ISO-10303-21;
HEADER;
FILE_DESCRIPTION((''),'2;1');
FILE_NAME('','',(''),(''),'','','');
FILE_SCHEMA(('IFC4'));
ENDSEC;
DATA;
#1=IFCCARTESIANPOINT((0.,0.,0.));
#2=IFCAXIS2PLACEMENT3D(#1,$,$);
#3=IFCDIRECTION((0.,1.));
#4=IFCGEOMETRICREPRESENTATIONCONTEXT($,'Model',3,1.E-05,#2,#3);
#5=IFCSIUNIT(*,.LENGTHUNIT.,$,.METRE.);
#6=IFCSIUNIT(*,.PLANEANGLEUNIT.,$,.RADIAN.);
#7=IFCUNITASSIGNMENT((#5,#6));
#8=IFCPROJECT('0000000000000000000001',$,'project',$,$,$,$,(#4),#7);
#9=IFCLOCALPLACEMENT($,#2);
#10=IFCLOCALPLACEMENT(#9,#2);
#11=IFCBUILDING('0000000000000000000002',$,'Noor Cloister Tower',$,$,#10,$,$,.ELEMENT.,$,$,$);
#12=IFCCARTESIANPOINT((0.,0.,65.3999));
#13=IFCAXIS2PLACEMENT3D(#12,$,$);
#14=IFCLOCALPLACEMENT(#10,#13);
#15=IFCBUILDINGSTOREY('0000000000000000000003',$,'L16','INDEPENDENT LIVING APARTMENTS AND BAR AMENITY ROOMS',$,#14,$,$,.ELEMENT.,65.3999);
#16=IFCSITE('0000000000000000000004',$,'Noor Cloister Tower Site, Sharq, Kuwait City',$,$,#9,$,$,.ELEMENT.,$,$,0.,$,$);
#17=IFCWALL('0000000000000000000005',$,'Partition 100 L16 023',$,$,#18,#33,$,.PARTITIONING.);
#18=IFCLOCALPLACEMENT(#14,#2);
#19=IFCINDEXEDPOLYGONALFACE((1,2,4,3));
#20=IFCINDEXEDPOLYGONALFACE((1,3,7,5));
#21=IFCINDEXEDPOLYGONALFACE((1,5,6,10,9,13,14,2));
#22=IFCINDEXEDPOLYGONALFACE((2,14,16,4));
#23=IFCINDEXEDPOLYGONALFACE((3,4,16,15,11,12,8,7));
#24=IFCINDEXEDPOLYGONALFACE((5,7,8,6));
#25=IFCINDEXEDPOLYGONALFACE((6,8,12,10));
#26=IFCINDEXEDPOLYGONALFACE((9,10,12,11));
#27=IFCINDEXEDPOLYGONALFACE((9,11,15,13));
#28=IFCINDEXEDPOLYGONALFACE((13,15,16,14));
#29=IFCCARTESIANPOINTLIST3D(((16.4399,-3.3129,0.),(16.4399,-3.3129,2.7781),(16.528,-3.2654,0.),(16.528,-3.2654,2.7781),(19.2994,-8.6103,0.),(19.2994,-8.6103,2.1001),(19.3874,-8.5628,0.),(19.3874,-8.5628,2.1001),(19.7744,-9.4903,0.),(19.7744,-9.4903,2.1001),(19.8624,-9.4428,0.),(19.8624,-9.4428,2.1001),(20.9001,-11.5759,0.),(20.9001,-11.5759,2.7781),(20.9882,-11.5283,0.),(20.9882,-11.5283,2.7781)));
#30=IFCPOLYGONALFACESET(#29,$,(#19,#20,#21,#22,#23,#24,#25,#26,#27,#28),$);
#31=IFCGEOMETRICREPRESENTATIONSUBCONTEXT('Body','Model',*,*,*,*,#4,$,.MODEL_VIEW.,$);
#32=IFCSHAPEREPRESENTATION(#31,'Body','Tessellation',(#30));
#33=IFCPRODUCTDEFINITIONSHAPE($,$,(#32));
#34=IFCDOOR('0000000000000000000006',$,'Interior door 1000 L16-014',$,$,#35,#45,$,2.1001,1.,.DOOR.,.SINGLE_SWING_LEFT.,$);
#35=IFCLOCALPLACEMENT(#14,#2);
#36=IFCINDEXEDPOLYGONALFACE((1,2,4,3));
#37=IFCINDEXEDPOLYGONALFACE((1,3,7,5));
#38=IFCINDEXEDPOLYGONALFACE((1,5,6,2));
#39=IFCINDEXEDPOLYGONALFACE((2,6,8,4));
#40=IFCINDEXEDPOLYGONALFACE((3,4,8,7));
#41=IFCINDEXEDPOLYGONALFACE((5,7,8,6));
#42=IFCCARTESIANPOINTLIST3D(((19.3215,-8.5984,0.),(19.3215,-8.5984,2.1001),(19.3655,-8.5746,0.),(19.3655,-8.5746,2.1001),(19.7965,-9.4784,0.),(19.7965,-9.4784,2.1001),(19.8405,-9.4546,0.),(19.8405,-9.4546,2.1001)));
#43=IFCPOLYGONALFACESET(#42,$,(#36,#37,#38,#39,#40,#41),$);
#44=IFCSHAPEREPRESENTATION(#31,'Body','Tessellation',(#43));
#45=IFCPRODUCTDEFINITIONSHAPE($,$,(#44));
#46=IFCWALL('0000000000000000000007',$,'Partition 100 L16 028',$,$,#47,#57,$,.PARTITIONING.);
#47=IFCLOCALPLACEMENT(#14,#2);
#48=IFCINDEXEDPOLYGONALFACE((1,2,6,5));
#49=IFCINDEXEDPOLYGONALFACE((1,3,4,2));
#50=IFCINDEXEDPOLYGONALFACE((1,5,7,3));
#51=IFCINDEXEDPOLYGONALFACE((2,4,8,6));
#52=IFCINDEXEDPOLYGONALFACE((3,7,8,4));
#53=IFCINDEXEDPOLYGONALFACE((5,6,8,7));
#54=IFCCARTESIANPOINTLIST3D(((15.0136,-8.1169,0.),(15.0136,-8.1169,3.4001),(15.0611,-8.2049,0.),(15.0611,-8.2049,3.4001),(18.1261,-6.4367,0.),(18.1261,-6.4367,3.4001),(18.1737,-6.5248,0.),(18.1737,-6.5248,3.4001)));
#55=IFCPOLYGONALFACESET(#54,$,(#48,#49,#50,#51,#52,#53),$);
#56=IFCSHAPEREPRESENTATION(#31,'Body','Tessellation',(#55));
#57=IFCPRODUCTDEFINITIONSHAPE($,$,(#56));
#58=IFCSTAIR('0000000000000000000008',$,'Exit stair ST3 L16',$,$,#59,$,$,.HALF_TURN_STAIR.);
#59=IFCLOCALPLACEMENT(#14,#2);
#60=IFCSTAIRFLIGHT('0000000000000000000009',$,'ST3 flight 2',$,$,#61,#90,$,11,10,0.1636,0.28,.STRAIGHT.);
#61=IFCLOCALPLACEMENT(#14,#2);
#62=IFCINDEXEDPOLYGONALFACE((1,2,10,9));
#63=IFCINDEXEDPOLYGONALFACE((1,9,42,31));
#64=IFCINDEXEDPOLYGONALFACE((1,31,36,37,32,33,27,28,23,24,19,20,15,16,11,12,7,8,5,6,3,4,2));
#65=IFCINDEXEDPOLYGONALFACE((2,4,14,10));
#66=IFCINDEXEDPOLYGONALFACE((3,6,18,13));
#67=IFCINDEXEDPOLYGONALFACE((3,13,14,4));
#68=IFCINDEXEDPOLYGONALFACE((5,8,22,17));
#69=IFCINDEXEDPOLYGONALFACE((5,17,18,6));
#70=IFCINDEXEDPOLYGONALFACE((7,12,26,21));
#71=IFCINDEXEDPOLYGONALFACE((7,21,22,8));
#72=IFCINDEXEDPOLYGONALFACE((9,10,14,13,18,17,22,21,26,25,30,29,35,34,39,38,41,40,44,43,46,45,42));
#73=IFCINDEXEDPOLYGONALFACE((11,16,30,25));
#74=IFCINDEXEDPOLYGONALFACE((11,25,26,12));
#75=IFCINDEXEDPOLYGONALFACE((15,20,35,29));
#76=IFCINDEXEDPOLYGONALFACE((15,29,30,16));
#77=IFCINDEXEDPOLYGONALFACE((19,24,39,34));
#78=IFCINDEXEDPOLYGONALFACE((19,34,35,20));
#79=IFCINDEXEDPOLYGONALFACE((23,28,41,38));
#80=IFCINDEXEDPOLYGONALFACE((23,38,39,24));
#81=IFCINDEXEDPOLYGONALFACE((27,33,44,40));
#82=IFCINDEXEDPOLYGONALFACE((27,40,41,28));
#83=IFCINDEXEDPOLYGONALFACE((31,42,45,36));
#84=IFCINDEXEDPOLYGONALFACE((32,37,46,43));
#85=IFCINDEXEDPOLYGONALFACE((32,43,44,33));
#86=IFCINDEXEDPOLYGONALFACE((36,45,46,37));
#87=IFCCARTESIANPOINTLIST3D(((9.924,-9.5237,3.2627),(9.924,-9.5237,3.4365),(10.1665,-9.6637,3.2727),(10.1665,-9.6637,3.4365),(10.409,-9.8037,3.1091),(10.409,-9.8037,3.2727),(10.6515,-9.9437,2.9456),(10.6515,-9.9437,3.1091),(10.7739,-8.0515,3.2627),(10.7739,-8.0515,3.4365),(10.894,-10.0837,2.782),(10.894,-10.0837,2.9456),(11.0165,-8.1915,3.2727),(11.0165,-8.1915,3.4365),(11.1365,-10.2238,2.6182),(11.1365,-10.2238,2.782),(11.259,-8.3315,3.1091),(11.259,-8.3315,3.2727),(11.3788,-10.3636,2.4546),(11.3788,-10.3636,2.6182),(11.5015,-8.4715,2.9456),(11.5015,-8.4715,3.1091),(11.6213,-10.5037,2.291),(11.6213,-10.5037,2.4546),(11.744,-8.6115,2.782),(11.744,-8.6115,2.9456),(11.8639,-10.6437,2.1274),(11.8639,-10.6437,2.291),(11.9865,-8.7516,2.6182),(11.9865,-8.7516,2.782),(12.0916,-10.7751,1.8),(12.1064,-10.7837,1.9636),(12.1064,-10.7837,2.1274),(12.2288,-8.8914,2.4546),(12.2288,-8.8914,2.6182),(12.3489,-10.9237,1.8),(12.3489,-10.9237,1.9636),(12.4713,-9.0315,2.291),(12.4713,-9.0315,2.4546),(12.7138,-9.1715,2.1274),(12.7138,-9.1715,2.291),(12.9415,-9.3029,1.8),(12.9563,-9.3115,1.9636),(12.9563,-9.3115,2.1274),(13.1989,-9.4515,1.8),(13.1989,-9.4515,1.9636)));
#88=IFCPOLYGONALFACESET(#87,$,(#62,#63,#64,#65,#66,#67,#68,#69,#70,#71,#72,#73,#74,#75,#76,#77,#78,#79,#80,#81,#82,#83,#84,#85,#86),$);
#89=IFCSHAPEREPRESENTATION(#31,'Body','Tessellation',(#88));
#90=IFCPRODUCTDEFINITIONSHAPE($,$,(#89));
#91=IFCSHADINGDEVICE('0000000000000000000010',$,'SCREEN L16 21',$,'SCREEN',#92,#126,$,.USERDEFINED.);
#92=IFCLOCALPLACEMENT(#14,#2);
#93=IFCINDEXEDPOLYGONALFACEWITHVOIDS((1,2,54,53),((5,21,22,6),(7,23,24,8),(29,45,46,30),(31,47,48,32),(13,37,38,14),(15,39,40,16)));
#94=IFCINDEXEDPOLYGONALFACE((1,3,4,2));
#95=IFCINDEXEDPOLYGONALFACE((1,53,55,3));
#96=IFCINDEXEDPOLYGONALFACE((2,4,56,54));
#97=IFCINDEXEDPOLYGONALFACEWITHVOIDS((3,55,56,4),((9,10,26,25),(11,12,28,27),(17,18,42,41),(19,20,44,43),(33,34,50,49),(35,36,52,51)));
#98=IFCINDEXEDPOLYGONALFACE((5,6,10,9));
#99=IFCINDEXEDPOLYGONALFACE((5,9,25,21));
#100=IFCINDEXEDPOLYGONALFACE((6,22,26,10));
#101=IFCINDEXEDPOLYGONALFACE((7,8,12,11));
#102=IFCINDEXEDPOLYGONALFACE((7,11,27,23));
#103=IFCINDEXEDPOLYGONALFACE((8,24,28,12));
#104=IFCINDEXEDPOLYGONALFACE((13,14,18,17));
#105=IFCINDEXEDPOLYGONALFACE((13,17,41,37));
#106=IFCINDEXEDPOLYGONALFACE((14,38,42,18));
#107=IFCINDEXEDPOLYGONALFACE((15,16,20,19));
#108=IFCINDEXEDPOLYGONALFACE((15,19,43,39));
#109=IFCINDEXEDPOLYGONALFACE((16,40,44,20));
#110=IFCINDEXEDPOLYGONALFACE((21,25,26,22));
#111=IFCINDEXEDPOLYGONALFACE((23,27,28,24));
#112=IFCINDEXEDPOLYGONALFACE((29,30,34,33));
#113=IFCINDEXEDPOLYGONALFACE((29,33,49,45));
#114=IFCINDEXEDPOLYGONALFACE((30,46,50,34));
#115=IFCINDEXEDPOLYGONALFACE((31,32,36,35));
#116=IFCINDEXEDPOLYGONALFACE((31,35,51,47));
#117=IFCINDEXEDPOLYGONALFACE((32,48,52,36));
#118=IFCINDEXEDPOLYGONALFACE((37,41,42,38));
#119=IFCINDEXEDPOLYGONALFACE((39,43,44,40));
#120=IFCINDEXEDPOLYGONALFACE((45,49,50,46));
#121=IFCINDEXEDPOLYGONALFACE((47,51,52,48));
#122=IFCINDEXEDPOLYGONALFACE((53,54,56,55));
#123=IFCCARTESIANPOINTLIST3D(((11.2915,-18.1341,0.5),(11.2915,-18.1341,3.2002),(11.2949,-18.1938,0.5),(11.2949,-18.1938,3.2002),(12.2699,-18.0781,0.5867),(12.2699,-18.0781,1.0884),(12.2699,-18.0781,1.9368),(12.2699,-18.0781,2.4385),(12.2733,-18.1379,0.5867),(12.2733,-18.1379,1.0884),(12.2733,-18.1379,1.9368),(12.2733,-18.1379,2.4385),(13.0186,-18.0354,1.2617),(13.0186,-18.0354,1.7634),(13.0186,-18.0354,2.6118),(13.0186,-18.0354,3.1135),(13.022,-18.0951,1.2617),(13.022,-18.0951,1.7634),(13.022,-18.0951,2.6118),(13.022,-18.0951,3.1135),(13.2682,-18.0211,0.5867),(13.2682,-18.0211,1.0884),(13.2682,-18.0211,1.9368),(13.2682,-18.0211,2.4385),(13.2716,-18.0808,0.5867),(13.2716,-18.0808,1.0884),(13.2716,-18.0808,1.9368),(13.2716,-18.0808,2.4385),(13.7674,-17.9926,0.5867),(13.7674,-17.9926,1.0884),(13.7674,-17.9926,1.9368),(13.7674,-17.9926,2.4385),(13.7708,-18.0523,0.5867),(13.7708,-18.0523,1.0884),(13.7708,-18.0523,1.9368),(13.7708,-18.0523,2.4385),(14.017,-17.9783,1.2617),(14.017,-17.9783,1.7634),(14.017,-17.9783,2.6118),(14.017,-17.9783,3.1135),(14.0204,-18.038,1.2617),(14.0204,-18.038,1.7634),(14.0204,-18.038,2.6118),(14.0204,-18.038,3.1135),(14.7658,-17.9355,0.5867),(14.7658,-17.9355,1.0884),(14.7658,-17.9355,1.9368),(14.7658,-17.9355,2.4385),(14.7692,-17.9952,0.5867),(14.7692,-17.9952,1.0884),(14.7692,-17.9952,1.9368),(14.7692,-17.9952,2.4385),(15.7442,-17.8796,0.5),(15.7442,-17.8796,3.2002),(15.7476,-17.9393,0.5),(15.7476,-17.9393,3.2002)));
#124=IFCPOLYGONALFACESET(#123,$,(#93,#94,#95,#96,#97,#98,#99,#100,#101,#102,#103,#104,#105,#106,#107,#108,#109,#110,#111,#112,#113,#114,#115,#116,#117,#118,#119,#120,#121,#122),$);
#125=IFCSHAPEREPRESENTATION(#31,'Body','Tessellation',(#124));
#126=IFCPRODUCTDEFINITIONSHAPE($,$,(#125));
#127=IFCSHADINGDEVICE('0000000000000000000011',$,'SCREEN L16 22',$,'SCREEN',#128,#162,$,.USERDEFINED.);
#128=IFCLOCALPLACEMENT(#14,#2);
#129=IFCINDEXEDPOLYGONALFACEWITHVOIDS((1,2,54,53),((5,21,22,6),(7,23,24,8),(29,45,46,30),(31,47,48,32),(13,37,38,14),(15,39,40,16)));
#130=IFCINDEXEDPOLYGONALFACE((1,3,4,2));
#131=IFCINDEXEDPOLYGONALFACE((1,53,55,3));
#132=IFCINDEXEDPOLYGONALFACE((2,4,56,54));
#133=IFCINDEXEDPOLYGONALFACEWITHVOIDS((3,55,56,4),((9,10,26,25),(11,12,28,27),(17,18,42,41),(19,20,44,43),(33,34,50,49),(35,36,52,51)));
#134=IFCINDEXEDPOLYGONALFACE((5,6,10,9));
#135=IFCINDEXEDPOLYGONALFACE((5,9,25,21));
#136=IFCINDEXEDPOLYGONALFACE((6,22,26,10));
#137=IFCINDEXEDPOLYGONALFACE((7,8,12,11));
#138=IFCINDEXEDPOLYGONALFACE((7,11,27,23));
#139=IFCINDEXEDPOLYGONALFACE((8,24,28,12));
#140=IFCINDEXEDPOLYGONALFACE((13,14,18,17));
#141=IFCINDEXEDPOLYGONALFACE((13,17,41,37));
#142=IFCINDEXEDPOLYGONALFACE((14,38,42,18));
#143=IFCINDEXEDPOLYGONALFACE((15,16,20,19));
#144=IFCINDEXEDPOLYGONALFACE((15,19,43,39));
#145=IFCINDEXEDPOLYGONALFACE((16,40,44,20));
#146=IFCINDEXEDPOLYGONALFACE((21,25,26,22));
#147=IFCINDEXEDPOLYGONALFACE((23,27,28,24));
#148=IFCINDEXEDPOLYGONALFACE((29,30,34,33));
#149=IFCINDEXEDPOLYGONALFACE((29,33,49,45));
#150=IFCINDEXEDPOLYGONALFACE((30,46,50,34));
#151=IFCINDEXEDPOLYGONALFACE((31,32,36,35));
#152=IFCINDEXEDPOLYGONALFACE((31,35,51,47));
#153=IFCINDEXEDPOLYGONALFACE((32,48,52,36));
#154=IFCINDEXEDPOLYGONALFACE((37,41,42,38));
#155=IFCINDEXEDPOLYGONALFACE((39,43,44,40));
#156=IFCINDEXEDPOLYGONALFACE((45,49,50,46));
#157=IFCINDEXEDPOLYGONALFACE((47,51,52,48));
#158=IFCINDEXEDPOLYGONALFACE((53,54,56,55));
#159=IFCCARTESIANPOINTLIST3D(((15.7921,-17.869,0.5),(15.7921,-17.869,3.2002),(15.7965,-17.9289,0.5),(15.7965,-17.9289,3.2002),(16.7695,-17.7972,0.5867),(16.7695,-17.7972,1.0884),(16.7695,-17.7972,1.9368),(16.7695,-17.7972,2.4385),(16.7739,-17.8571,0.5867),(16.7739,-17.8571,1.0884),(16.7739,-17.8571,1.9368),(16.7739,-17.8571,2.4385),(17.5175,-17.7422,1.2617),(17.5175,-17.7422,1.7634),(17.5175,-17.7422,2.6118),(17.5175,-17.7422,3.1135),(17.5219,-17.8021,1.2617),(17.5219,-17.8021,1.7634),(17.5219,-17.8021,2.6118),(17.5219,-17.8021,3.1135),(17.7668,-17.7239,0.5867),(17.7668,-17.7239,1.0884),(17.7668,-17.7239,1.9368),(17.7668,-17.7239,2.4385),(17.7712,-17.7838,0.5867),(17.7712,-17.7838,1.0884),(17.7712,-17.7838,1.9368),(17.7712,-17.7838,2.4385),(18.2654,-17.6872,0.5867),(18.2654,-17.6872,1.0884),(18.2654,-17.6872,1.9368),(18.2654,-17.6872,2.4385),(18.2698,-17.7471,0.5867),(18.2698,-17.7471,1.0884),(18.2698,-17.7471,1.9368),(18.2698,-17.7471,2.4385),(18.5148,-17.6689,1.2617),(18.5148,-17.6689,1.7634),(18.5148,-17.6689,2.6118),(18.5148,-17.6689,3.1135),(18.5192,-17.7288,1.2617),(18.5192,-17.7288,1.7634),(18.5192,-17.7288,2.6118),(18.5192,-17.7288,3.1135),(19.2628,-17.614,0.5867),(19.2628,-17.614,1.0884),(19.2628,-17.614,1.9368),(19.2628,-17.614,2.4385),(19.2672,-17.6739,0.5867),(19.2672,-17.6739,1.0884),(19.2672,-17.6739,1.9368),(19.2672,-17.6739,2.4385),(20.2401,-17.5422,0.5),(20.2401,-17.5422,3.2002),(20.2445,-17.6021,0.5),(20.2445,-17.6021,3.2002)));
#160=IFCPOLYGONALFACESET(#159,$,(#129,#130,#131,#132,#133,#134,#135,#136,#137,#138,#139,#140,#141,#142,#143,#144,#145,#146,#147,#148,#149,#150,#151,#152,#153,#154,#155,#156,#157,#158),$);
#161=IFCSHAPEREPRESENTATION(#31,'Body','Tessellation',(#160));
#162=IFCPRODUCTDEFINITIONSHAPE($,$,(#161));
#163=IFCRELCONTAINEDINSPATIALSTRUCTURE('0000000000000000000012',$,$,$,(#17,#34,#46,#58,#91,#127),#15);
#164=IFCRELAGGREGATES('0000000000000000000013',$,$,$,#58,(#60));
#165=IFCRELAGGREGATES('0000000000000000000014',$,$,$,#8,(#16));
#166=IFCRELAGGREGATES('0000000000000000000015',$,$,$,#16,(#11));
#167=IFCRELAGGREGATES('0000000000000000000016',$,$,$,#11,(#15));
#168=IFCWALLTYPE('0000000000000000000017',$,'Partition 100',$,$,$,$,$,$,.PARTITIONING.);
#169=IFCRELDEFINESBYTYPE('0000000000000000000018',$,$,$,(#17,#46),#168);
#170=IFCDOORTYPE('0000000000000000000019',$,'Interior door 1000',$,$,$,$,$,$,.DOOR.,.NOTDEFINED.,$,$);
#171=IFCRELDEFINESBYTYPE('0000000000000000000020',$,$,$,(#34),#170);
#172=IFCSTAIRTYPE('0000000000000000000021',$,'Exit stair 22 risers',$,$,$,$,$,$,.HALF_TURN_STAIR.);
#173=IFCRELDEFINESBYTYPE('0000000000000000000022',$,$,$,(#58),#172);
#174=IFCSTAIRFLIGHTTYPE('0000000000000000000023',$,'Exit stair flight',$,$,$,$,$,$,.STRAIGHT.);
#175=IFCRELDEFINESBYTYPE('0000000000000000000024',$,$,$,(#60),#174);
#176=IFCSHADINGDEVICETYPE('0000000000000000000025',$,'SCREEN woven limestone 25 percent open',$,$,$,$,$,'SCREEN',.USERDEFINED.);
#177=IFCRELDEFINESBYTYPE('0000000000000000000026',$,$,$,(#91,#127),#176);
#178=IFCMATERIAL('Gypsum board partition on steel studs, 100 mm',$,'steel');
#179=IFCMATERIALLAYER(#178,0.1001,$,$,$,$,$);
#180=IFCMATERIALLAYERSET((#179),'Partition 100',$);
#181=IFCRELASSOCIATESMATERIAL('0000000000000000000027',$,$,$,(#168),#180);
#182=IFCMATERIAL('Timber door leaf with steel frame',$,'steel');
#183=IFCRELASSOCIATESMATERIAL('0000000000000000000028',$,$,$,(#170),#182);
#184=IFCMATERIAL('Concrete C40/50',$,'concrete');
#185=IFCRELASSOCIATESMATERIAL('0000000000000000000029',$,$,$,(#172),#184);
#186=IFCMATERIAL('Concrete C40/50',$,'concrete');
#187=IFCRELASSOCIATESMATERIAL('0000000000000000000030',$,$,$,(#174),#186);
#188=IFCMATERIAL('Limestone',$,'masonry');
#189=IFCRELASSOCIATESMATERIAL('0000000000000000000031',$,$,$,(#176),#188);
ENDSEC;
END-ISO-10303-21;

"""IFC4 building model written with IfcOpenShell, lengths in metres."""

from ifc_helpers import new_model, si_unit, direction, frame, frame_2d, origin, place, context, subcontext, project, spatial, polyline, rectangle, outline, extrude, material, layer, layer_set, material_profile, profile_set, type_object, element, fill, aggregate, save


model = new_model("IFC4")

# Units and contexts
model_context = context("Model", 3, precision=1e-05, world=origin(), true_north=direction((0.0, 1.0)))
body_context = subcontext(model_context, "Body", "Model", "MODEL_VIEW")
ifc_project = project(units=[si_unit("LENGTHUNIT", "METRE"), si_unit("PLANEANGLEUNIT", "RADIAN")], contexts=[model_context])

# Site, building, storey
site_placement = place(None, origin())
site = spatial("IfcSite", under=ifc_project, at=site_placement, Name="Noor Cloister Tower Site, Sharq, Kuwait City", CompositionType="ELEMENT", RefElevation=0.0)
building_placement = place(site_placement, origin())
building = spatial("IfcBuilding", under=site, at=building_placement, Name="Noor Cloister Tower", CompositionType="ELEMENT")
storey_placement = place(building_placement, frame((0.0, 0.0, 65.3999)))
storey = spatial("IfcBuildingStorey", under=building, at=storey_placement, Name="L16", Description="INDEPENDENT LIVING APARTMENTS AND BAR AMENITY ROOMS", CompositionType="ELEMENT", Elevation=65.3999)

# Wall, opening, door
ifc_material_1 = material(Name="Gypsum board partition on steel studs, 100 mm", Category="steel")
ifc_layer_1 = layer(ifc_material_1, 0.1001)
ifc_layer_set_1 = layer_set([ifc_layer_1], Name="Partition 100")
wall_type_1 = type_object("IfcWallType", Name="Partition 100", PredefinedType="PARTITIONING", material=ifc_layer_set_1)
wall_1_placement = place(storey_placement, frame((20.9441, -11.552, 0.0), z_axis=(0.0, 0.0, 1.0), x_axis=(-0.475002, 0.879985, 0.0)))
wall_1 = element("IfcWall", 1, at=wall_1_placement, inside=storey, type_object=wall_type_1, Name="Partition 100 L16 023", PredefinedType="PARTITIONING", context=body_context, shape_type="SweptSolid", body=[
    extrude(rectangle(XDim=9.3899, YDim=0.1001, at=frame_2d((4.6948, 0.0))), origin(), (0.0, 0.0, 1.0), 2.7781),
])
opening_placement = place(wall_1_placement, frame((2.3699, 0.0, 0.0)))
opening = element("IfcOpeningElement", 2, at=opening_placement, cuts=wall_1, PredefinedType="OPENING", context=body_context, shape_type="SweptSolid", body=[
    extrude(rectangle(XDim=1.0, YDim=2.1001, at=frame_2d((0.5, 1.05))), frame((0.0, 0.0601, 0.0), z_axis=(0.0, -1.0, 0.0), x_axis=(1.0, 0.0, 0.0)), (0.0, 0.0, 1.0), 0.1201),
])
ifc_material_2 = material(Name="Timber door leaf with steel frame", Category="steel")
door_type = type_object("IfcDoorType", Name="Interior door 1000", OperationType="NOTDEFINED", PredefinedType="DOOR", material=ifc_material_2)
door_placement = place(opening_placement, origin())
door = element("IfcDoor", 3, at=door_placement, inside=storey, type_object=door_type, Name="Interior door 1000 L16-014", OperationType="SINGLE_SWING_LEFT", OverallHeight=2.1001, OverallWidth=1.0, PredefinedType="DOOR", context=body_context, shape_type="SweptSolid", body=[
    extrude(rectangle(XDim=1.0, YDim=2.1001, at=frame_2d((0.5, 1.05))), frame((0.0, 0.0249, 0.0), z_axis=(0.0, -1.0, 0.0), x_axis=(1.0, 0.0, 0.0)), (0.0, 0.0, 1.0), 0.05),
])
fill(opening, door)

# Wall
wall_2_placement = place(storey_placement, frame((18.1499, -6.4807, 0.0), z_axis=(0.0, 0.0, 1.0), x_axis=(-0.879976, -0.475017, 0.0)))
element("IfcWall", 4, at=wall_2_placement, inside=storey, type_object=wall_type_1, Name="Partition 100 L16 028", PredefinedType="PARTITIONING", context=body_context, shape_type="SweptSolid", body=[
    extrude(rectangle(XDim=3.5371, YDim=0.1001, at=frame_2d((1.7686, 0.0))), origin(), (0.0, 0.0, 1.0), 3.4001),
])

# Stair, stair flight
ifc_material_3 = material(Name="Concrete C40/50", Category="concrete")
stair_type = type_object("IfcStairType", Name="Exit stair 22 risers", PredefinedType="HALF_TURN_STAIR", material=ifc_material_3)
stair_placement = place(storey_placement, origin())
stair = element("IfcStair", 5, at=stair_placement, inside=storey, type_object=stair_type, Name="Exit stair ST3 L16", PredefinedType="HALF_TURN_STAIR")
ifc_material_4 = material(Name="Concrete C40/50", Category="concrete")
stair_flight_type = type_object("IfcStairFlightType", Name="Exit stair flight", PredefinedType="STRAIGHT", material=ifc_material_4)
stair_flight_placement = place(storey_placement, frame((12.7739, -10.1875, 1.8), z_axis=(0.0, 0.0, 1.0), x_axis=(-0.866025, 0.5, 0.0)))
stair_flight = element("IfcStairFlight", 6, at=stair_flight_placement, type_object=stair_flight_type, Name="ST3 flight 2", NumberOfRisers=11, NumberOfTreads=10, PredefinedType="STRAIGHT", RiserHeight=0.1636, TreadLength=0.28, context=body_context, shape_type="SweptSolid", body=[
    extrude(outline(polyline([(0.0, 0.0), (0.0, 0.1636), (0.28, 0.1636), (0.28, 0.3274), (0.5601, 0.3274), (0.5601, 0.491), (0.8401, 0.491), (0.8401, 0.6545), (1.1201, 0.6545), (1.1201, 0.8181), (1.3999, 0.8181), (1.3999, 0.9819), (1.6799, 0.9819), (1.6799, 1.1455), (1.96, 1.1455), (1.96, 1.3091), (2.24, 1.3091), (2.24, 1.4727), (2.52, 1.4727), (2.52, 1.6365), (2.8, 1.6365), (2.8, 1.8), (2.8, 1.4626), (0.2971, 0.0), (0.0, 0.0)])), frame((0.0, 0.8501, 0.0), z_axis=(0.0, -1.0, 0.0), x_axis=(1.0, 0.0, 0.0)), (0.0, 0.0, 1.0), 1.7),
])
aggregate(stair, [stair_flight])

# Shading devices
ifc_material_5 = material(Name="Limestone", Category="masonry")
ifc_material_profile_1 = material_profile(ifc_material_5, outline(polyline([(-2.23, -1.3501), (2.23, -1.3501), (2.23, 1.3501), (-2.23, 1.3501), (-2.23, -1.3501)]), holes=[polyline([(-1.25, -1.2634), (-0.25, -1.2634), (-0.25, -0.7617), (-1.25, -0.7617), (-1.25, -1.2634)]), polyline([(0.25, -1.2634), (1.25, -1.2634), (1.25, -0.7617), (0.25, -0.7617), (0.25, -1.2634)]), polyline([(-0.5, -0.5884), (0.5, -0.5884), (0.5, -0.0867), (-0.5, -0.0867), (-0.5, -0.5884)]), polyline([(-1.25, 0.0867), (-0.25, 0.0867), (-0.25, 0.5884), (-1.25, 0.5884), (-1.25, 0.0867)]), polyline([(0.25, 0.0867), (1.25, 0.0867), (1.25, 0.5884), (0.25, 0.5884), (0.25, 0.0867)]), polyline([(-0.5, 0.7617), (0.5, 0.7617), (0.5, 1.2634), (-0.5, 1.2634), (-0.5, 0.7617)])]), Name="Woven screen 25 percent open")
ifc_profile_set_1 = profile_set([ifc_material_profile_1], Name="Limestone")
shading_device_type = type_object("IfcShadingDeviceType", Name="SCREEN woven limestone 25 percent open", ElementType="SCREEN", PredefinedType="USERDEFINED", material=ifc_profile_set_1)
shading_device_placement = place(storey_placement, frame((13.5178, -18.0068, 1.8501), z_axis=(0.05705, -0.998371, 0.0), x_axis=(0.998371, 0.05705, 0.0)))
element("IfcShadingDevice", 7, at=shading_device_placement, inside=storey, type_object=shading_device_type, Name="SCREEN L16 21", ObjectType="SCREEN", PredefinedType="USERDEFINED", context=body_context, shape_type="SweptSolid", body=[
    extrude(outline(polyline([(-2.23, -1.3501), (2.23, -1.3501), (2.23, 1.3501), (-2.23, 1.3501), (-2.23, -1.3501)]), holes=[polyline([(-1.25, -1.2634), (-0.25, -1.2634), (-0.25, -0.7617), (-1.25, -0.7617), (-1.25, -1.2634)]), polyline([(0.25, -1.2634), (1.25, -1.2634), (1.25, -0.7617), (0.25, -0.7617), (0.25, -1.2634)]), polyline([(-0.5, -0.5884), (0.5, -0.5884), (0.5, -0.0867), (-0.5, -0.0867), (-0.5, -0.5884)]), polyline([(-1.25, 0.0867), (-0.25, 0.0867), (-0.25, 0.5884), (-1.25, 0.5884), (-1.25, 0.0867)]), polyline([(0.25, 0.0867), (1.25, 0.0867), (1.25, 0.5884), (0.25, 0.5884), (0.25, 0.0867)]), polyline([(-0.5, 0.7617), (0.5, 0.7617), (0.5, 1.2634), (-0.5, 1.2634), (-0.5, 0.7617)])]), origin(), (0.0, 0.0, 1.0), 0.0598),
])
for number, where, z_axis, x_axis, name in (
    (8, (18.0161, -17.7056, 1.8501), (0.073272, -0.997312, 0.0), (0.997312, 0.073272, 0.0), "SCREEN L16 22"),
):
    element("IfcShadingDevice", number, at=place(storey_placement, frame(where, z_axis=z_axis, x_axis=x_axis)), inside=storey, type_object=shading_device_type, Name=name, ObjectType="SCREEN", PredefinedType="USERDEFINED", context=body_context, shape_type="SweptSolid", body=[
        extrude(outline(polyline([(-2.23, -1.3501), (2.23, -1.3501), (2.23, 1.3501), (-2.23, 1.3501), (-2.23, -1.3501)]), holes=[polyline([(-1.25, -1.2634), (-0.25, -1.2634), (-0.25, -0.7617), (-1.25, -0.7617), (-1.25, -1.2634)]), polyline([(0.25, -1.2634), (1.25, -1.2634), (1.25, -0.7617), (0.25, -0.7617), (0.25, -1.2634)]), polyline([(-0.5, -0.5884), (0.5, -0.5884), (0.5, -0.0867), (-0.5, -0.0867), (-0.5, -0.5884)]), polyline([(-1.25, 0.0867), (-0.25, 0.0867), (-0.25, 0.5884), (-1.25, 0.5884), (-1.25, 0.0867)]), polyline([(0.25, 0.0867), (1.25, 0.0867), (1.25, 0.5884), (0.25, 0.5884), (0.25, 0.0867)]), polyline([(-0.5, 0.7617), (0.5, 0.7617), (0.5, 1.2634), (-0.5, 1.2634), (-0.5, 0.7617)])]), origin(), (0.0, 0.0, 1.0), 0.0601),
    ])

save(model, "model.ifc")
